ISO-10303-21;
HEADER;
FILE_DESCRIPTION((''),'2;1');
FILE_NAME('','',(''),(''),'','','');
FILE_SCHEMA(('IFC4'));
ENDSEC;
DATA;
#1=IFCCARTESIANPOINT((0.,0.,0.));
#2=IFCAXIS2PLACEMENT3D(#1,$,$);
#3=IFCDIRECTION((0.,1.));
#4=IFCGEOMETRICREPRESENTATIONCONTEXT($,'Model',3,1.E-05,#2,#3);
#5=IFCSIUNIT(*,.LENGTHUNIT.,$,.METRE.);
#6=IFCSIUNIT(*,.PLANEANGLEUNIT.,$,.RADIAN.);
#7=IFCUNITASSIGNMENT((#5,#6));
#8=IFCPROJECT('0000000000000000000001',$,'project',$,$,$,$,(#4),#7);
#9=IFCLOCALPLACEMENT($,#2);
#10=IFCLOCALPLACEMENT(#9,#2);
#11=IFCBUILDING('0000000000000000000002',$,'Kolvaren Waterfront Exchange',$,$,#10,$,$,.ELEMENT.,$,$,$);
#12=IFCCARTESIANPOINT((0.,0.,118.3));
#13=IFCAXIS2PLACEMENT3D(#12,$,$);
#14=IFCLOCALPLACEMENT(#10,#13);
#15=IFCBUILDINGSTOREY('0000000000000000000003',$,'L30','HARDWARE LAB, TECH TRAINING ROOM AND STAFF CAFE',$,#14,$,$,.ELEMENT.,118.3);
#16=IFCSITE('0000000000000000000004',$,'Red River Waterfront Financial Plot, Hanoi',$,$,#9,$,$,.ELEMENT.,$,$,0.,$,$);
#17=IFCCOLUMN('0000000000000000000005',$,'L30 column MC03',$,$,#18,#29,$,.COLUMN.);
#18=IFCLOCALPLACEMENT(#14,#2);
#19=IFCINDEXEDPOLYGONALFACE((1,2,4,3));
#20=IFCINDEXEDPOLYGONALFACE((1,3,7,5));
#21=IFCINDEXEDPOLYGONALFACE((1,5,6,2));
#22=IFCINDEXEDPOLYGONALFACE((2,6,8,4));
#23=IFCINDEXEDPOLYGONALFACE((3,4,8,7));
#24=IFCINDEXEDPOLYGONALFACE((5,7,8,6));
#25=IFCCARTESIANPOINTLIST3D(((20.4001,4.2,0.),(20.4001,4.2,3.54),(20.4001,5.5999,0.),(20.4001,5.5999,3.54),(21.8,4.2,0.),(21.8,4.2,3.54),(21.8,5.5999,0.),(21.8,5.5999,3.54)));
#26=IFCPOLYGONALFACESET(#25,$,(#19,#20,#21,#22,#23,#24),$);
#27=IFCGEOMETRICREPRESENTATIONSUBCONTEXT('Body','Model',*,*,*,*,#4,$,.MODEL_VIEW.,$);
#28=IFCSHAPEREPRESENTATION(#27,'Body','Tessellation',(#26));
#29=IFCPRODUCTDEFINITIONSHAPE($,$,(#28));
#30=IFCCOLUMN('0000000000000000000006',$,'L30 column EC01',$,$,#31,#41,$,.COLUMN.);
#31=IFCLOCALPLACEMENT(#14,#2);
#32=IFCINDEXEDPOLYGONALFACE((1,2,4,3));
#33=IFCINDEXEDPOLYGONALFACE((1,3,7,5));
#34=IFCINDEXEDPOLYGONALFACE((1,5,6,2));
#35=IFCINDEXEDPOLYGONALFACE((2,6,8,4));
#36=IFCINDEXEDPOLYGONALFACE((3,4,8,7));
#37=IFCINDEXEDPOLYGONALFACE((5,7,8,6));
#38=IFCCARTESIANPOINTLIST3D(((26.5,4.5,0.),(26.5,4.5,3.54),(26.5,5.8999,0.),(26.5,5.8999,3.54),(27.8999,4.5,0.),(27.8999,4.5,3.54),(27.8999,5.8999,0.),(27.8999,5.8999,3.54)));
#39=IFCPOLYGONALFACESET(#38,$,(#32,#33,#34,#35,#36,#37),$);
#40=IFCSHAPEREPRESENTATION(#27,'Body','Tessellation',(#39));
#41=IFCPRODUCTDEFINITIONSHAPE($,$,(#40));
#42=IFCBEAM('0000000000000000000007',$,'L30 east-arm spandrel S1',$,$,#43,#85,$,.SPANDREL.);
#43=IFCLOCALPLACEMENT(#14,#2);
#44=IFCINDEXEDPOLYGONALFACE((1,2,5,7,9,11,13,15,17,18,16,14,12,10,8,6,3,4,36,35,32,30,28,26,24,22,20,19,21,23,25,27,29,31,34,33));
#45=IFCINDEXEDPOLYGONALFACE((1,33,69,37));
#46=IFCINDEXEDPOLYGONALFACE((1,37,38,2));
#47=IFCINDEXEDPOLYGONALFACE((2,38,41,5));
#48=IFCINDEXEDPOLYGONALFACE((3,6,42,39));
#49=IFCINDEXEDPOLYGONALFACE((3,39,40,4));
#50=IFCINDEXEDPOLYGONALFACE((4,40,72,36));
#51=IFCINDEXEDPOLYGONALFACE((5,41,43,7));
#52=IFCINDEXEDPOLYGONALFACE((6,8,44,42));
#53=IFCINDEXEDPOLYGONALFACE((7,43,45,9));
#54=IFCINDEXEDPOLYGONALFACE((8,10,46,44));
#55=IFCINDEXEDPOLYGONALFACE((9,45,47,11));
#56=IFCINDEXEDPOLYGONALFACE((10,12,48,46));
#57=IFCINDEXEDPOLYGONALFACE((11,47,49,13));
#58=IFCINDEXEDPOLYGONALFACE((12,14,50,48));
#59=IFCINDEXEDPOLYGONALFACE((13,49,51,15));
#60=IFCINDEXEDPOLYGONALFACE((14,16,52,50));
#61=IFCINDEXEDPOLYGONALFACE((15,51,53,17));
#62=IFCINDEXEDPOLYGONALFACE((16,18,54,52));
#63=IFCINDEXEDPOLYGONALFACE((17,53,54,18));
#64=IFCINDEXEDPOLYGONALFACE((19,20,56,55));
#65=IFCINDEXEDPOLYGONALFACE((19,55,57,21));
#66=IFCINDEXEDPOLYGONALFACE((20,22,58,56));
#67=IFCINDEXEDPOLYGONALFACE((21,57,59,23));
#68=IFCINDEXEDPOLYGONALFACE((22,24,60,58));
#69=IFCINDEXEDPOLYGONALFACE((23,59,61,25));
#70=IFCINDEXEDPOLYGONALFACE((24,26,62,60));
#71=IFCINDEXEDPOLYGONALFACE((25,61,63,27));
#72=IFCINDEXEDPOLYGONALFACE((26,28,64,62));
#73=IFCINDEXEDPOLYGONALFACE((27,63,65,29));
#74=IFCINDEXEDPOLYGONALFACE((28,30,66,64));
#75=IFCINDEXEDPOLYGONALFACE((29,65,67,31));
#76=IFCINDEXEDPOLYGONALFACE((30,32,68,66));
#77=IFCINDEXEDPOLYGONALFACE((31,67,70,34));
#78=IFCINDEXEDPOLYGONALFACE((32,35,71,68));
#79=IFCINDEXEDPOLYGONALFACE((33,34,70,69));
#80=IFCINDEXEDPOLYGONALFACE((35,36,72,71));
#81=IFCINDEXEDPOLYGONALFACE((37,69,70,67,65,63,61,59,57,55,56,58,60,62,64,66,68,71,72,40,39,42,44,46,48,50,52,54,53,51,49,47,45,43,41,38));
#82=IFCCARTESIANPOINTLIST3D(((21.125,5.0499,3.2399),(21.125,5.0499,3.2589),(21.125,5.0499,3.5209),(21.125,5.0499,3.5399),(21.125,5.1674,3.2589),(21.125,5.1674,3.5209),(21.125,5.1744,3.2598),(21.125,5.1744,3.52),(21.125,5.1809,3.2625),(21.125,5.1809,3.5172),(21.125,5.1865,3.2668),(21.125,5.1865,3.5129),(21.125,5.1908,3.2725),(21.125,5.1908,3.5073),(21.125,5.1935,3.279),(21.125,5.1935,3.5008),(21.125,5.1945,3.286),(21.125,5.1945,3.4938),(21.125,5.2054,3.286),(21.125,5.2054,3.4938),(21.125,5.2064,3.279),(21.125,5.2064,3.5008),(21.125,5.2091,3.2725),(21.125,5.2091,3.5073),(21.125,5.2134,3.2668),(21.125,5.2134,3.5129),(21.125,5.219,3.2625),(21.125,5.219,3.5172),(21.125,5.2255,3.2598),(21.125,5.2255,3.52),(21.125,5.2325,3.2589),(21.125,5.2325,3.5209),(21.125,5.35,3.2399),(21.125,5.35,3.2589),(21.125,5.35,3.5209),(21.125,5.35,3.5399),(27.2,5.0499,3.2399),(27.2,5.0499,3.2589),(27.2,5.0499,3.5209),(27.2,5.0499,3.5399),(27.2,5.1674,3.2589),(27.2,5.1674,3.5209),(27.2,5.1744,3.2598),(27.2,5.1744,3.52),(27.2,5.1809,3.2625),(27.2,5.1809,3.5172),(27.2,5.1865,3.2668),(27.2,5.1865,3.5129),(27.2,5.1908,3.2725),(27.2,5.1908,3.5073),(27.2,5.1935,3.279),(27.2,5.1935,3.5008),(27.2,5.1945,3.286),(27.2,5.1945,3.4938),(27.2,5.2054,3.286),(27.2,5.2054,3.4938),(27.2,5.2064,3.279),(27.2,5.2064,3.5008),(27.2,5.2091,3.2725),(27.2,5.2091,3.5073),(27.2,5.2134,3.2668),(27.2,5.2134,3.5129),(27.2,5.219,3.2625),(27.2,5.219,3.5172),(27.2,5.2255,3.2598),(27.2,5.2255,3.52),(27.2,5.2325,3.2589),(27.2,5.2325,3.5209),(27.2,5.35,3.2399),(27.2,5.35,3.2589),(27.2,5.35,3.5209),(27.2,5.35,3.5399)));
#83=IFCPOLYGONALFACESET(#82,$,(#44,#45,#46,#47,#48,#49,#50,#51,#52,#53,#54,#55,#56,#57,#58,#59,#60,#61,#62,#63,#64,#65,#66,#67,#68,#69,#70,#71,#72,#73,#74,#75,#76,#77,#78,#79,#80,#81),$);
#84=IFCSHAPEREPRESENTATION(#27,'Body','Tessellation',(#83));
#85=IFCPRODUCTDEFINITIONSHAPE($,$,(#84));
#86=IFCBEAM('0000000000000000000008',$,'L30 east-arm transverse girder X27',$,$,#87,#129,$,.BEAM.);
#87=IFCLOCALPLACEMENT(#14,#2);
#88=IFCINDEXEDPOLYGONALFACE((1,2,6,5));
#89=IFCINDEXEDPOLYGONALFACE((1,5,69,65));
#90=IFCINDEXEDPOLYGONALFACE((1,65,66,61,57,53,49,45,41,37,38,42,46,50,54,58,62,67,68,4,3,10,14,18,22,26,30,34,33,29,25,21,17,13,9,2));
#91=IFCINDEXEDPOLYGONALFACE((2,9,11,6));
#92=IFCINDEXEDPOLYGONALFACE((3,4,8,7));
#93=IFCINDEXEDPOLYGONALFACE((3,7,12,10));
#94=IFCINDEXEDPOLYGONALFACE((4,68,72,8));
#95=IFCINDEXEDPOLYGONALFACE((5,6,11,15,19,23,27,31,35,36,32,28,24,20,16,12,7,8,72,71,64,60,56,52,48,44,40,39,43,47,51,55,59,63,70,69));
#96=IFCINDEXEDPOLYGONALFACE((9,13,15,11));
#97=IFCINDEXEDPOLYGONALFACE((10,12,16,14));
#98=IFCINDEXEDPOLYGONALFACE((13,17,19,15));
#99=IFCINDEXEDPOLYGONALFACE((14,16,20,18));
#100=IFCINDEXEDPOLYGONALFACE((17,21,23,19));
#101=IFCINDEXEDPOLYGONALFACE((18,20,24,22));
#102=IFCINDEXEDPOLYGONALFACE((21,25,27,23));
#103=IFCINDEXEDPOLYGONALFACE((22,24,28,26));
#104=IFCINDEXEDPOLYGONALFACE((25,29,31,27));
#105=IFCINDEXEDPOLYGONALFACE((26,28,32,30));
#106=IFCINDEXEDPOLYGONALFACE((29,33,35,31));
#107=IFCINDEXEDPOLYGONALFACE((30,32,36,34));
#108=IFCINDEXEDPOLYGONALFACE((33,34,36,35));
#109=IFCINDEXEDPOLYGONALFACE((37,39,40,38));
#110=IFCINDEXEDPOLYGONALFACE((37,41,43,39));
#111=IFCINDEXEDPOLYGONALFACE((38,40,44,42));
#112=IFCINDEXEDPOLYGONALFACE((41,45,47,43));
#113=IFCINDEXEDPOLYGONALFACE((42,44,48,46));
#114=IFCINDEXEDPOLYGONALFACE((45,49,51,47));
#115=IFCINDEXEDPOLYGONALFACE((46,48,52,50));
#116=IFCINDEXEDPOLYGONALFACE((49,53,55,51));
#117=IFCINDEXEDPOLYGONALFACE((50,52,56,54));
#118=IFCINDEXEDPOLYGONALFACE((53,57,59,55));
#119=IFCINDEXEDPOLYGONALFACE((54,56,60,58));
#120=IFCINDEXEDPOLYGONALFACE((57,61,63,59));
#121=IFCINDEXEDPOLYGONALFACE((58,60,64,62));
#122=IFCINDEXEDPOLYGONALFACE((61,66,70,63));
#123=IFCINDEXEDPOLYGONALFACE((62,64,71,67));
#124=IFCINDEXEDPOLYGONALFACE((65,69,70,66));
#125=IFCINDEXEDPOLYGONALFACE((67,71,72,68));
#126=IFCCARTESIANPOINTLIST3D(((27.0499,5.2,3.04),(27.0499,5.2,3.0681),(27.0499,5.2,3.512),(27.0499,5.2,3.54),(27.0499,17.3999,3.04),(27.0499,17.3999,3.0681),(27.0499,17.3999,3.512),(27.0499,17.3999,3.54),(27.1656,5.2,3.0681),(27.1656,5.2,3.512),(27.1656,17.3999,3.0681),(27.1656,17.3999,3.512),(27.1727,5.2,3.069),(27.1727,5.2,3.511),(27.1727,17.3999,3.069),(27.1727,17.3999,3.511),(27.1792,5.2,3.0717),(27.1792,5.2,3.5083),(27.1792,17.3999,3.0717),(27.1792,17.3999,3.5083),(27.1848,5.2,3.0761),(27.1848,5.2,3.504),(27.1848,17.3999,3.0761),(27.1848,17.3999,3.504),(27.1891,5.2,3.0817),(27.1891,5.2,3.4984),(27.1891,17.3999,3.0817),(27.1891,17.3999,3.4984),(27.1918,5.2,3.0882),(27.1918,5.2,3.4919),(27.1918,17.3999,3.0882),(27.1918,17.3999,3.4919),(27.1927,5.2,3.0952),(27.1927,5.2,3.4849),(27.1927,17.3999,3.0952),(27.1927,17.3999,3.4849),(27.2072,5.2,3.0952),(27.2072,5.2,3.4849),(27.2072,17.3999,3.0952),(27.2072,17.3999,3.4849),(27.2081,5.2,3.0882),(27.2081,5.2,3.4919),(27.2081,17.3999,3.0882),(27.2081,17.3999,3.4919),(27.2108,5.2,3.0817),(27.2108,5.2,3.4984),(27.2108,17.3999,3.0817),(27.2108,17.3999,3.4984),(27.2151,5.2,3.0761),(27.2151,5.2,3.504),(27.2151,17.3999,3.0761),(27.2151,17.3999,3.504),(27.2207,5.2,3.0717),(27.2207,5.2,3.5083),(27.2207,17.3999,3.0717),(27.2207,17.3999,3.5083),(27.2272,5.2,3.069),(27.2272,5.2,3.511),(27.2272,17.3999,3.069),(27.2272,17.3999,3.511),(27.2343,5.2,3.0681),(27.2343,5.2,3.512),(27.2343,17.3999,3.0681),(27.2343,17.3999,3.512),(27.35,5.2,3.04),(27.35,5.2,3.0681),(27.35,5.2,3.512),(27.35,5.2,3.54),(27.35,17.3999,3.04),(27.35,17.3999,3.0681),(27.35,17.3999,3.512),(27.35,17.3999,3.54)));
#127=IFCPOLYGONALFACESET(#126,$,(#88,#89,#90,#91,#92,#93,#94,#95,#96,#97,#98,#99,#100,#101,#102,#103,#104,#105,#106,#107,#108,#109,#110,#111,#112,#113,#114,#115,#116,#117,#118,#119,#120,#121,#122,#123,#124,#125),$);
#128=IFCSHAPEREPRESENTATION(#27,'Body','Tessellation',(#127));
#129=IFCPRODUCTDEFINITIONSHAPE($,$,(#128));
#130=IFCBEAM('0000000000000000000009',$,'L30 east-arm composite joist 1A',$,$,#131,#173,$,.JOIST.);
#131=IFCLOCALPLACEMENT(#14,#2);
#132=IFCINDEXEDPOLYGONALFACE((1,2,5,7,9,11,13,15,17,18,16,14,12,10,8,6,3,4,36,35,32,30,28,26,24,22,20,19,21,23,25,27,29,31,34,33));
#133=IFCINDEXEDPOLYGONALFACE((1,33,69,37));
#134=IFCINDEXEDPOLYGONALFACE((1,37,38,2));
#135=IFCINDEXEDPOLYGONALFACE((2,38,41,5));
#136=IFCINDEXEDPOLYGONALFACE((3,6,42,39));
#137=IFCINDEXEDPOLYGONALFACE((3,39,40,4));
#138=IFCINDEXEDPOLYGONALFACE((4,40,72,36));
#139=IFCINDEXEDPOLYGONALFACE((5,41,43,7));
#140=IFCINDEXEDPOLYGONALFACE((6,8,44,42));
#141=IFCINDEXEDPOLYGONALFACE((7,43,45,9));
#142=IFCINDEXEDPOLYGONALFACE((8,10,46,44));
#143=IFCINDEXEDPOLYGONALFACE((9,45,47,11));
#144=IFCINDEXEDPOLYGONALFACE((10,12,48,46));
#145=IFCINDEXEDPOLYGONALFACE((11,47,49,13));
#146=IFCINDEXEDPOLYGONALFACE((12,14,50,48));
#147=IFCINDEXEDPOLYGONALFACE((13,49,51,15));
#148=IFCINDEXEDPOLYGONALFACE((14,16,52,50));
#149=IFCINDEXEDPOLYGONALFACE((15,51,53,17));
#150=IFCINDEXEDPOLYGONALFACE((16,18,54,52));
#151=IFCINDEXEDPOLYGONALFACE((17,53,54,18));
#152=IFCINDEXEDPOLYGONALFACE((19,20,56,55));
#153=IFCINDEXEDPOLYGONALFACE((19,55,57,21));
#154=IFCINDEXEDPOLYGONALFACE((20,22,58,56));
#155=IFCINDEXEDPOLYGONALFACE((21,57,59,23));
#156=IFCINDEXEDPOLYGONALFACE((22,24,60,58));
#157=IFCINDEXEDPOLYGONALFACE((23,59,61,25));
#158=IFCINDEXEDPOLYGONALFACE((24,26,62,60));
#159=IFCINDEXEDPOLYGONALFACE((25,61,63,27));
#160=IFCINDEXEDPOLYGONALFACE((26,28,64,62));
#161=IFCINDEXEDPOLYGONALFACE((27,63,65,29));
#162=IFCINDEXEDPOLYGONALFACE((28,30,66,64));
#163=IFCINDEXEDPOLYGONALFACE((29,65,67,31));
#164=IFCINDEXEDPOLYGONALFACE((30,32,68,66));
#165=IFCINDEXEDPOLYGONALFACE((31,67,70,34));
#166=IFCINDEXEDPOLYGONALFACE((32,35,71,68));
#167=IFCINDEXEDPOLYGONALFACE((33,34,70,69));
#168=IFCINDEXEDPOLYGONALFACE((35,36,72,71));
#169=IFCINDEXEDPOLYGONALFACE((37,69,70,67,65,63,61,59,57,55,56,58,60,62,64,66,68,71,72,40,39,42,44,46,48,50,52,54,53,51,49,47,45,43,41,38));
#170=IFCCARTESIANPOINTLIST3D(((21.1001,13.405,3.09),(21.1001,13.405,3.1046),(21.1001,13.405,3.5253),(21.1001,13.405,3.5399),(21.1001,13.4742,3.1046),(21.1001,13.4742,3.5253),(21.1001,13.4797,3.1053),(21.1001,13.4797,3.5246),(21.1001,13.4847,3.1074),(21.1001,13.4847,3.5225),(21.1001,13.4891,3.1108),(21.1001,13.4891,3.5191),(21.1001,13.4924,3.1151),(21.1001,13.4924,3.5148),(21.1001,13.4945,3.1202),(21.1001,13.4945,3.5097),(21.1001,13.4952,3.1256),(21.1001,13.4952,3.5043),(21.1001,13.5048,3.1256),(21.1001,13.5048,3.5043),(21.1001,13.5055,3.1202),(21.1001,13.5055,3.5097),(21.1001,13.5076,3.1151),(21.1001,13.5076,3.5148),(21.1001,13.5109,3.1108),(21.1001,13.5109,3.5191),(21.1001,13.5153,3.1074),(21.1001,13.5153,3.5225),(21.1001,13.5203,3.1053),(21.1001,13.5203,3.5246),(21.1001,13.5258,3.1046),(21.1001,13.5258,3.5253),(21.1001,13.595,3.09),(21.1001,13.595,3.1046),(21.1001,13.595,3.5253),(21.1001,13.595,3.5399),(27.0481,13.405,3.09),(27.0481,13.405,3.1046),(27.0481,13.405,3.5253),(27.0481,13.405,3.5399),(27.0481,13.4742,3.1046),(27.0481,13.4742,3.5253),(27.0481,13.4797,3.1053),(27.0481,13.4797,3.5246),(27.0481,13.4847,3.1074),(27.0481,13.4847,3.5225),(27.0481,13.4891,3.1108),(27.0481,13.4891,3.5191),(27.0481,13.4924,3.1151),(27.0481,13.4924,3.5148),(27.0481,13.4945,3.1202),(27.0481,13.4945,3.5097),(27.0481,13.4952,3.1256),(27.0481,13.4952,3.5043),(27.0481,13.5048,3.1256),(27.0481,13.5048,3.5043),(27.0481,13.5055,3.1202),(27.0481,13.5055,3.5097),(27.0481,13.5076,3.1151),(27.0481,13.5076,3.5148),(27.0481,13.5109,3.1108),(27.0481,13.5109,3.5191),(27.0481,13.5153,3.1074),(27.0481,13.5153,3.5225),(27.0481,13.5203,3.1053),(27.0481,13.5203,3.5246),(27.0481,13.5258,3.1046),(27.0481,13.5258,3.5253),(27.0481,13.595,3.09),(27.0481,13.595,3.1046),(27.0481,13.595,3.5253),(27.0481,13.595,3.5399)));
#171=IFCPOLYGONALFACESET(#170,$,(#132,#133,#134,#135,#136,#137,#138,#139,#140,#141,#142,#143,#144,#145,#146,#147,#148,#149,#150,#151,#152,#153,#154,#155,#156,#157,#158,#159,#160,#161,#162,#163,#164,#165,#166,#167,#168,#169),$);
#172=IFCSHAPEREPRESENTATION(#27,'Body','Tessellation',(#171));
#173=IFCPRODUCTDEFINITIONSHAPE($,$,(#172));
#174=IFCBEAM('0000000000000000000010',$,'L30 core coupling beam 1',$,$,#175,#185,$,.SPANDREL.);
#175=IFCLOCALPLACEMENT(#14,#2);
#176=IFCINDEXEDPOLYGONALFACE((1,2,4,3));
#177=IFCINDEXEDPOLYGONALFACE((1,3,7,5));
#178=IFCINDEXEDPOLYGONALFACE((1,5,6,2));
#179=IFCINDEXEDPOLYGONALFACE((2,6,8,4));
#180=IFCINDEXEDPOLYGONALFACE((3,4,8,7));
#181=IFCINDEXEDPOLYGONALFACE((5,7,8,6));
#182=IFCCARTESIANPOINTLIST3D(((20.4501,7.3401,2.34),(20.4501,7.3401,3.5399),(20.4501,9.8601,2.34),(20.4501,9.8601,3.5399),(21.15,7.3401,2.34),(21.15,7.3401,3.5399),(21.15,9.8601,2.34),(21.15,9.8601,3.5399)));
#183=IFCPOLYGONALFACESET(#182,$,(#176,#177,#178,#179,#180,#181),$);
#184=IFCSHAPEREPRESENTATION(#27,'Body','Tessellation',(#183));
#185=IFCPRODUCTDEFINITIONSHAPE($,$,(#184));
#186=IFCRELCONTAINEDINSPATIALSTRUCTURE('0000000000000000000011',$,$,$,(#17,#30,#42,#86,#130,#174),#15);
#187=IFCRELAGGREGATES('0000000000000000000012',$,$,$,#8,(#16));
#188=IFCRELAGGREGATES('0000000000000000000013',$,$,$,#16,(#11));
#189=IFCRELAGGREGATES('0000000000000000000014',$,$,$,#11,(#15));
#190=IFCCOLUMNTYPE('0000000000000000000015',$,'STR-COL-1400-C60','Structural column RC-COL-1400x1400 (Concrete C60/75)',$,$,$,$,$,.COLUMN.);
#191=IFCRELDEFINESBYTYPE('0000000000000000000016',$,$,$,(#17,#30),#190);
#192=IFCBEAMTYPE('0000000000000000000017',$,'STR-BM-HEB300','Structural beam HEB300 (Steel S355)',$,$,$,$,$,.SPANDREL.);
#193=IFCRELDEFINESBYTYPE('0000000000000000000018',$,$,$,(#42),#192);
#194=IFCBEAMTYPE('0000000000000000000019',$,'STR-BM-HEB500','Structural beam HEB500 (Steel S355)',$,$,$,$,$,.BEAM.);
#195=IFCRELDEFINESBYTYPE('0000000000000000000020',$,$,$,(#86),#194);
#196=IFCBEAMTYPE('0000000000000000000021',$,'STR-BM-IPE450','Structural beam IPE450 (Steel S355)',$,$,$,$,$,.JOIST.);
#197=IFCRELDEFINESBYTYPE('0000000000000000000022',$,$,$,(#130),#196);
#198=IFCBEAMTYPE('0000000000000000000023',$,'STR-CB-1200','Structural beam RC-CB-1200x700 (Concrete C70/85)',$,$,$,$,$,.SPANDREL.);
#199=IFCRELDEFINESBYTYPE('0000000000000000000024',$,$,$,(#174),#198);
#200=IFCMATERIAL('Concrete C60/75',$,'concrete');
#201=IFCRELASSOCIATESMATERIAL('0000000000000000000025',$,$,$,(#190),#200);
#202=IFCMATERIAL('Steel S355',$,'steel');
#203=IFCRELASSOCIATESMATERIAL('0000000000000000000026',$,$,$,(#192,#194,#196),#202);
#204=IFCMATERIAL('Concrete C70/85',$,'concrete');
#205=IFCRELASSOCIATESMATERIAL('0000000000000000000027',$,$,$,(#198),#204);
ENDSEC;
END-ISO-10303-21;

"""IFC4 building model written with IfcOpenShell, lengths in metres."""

from ifc_helpers import new_model, si_unit, direction, frame, origin, origin_2d, place, context, subcontext, project, spatial, rectangle, i_section, extrude, material, material_profile, profile_set, type_object, element, save


model = new_model("IFC4")

# Units and contexts
model_context = context("Model", 3, precision=1e-05, world=origin(), true_north=direction((0.0, 1.0)))
body_context = subcontext(model_context, "Body", "Model", "MODEL_VIEW")
ifc_project = project(units=[si_unit("LENGTHUNIT", "METRE"), si_unit("PLANEANGLEUNIT", "RADIAN")], contexts=[model_context])

# Site, building, storey
site_placement = place(None, origin())
site = spatial("IfcSite", under=ifc_project, at=site_placement, Name="Red River Waterfront Financial Plot, Hanoi", CompositionType="ELEMENT", RefElevation=0.0)
building_placement = place(site_placement, origin())
building = spatial("IfcBuilding", under=site, at=building_placement, Name="Kolvaren Waterfront Exchange", CompositionType="ELEMENT")
storey_placement = place(building_placement, frame((0.0, 0.0, 118.3)))
storey = spatial("IfcBuildingStorey", under=building, at=storey_placement, Name="L30", Description="HARDWARE LAB, TECH TRAINING ROOM AND STAFF CAFE", CompositionType="ELEMENT", Elevation=118.3)

# Columns
ifc_material_1 = material(Name="Concrete C60/75", Category="concrete")
ifc_material_profile_1 = material_profile(ifc_material_1, rectangle(XDim=1.3999, YDim=1.3999, at=origin_2d()), Name="RC-COL-1400x1400")
ifc_profile_set_1 = profile_set([ifc_material_profile_1], Name="Concrete C60/75")
column_type = type_object("IfcColumnType", Name="STR-COL-1400-C60", Description="Structural column RC-COL-1400x1400 (Concrete C60/75)", PredefinedType="COLUMN", material=ifc_profile_set_1)
for number, where, z_axis, x_axis, name in (
    (1, (21.1001, 4.8999, 0.0), (0.0, 0.0, 1.0), (1.0, 0.0, 0.0), "L30 column MC03"),
    (2, (27.2, 5.2, 0.0), (0.0, 0.0, 1.0), (1.0, 0.0, 0.0), "L30 column EC01"),
):
    element("IfcColumn", number, at=place(storey_placement, frame(where, z_axis=z_axis, x_axis=x_axis)), inside=storey, type_object=column_type, Name=name, PredefinedType="COLUMN", context=body_context, shape_type="SweptSolid", body=[
        extrude(rectangle(XDim=1.3999, YDim=1.3999, at=origin_2d()), origin(), (0.0, 0.0, 1.0), 3.54),
    ])

# Beams
ifc_material_2 = material(Name="Steel S355", Category="steel")
ifc_material_profile_2 = material_profile(ifc_material_2, i_section(OverallWidth=0.3, OverallDepth=0.3, WebThickness=0.011, FlangeThickness=0.019, FilletRadius=0.0271, at=origin_2d()), Name="HEB300")
ifc_profile_set_2 = profile_set([ifc_material_profile_2], Name="Steel S355")
beam_type_1 = type_object("IfcBeamType", Name="STR-BM-HEB300", Description="Structural beam HEB300 (Steel S355)", PredefinedType="SPANDREL", material=ifc_profile_set_2)
beam_1_placement = place(storey_placement, frame((21.125, 5.2, 3.3899), z_axis=(1.0, 0.0, 0.0), x_axis=(0.0, 1.0, 0.0)))
element("IfcBeam", 3, at=beam_1_placement, inside=storey, type_object=beam_type_1, Name="L30 east-arm spandrel S1", PredefinedType="SPANDREL", context=body_context, shape_type="SweptSolid", body=[
    extrude(i_section(OverallWidth=0.3, OverallDepth=0.3, WebThickness=0.011, FlangeThickness=0.019, FilletRadius=0.0271, at=origin_2d()), origin(), (0.0, 0.0, 1.0), 6.075),
])
ifc_material_profile_3 = material_profile(ifc_material_2, i_section(OverallWidth=0.3, OverallDepth=0.5, WebThickness=0.0144, FlangeThickness=0.0281, FilletRadius=0.0271, at=origin_2d()), Name="HEB500")
ifc_profile_set_3 = profile_set([ifc_material_profile_3], Name="Steel S355")
beam_type_2 = type_object("IfcBeamType", Name="STR-BM-HEB500", Description="Structural beam HEB500 (Steel S355)", PredefinedType="BEAM", material=ifc_profile_set_3)
beam_2_placement = place(storey_placement, frame((27.2, 5.2, 3.29), z_axis=(0.0, 1.0, 0.0), x_axis=(-1.0, 0.0, 0.0)))
element("IfcBeam", 4, at=beam_2_placement, inside=storey, type_object=beam_type_2, Name="L30 east-arm transverse girder X27", PredefinedType="BEAM", context=body_context, shape_type="SweptSolid", body=[
    extrude(i_section(OverallWidth=0.3, OverallDepth=0.5, WebThickness=0.0144, FlangeThickness=0.0281, FilletRadius=0.0271, at=origin_2d()), origin(), (0.0, 0.0, 1.0), 12.2),
])
ifc_material_profile_4 = material_profile(ifc_material_2, i_section(OverallWidth=0.1899, OverallDepth=0.45, WebThickness=0.0095, FlangeThickness=0.0146, FilletRadius=0.021, at=origin_2d()), Name="IPE450")
ifc_profile_set_4 = profile_set([ifc_material_profile_4], Name="Steel S355")
beam_type_3 = type_object("IfcBeamType", Name="STR-BM-IPE450", Description="Structural beam IPE450 (Steel S355)", PredefinedType="JOIST", material=ifc_profile_set_4)
beam_3_placement = place(storey_placement, frame((21.1001, 13.5, 3.3149), z_axis=(1.0, 0.0, 0.0), x_axis=(0.0, 1.0, 0.0)))
element("IfcBeam", 5, at=beam_3_placement, inside=storey, type_object=beam_type_3, Name="L30 east-arm composite joist 1A", PredefinedType="JOIST", context=body_context, shape_type="SweptSolid", body=[
    extrude(i_section(OverallWidth=0.1899, OverallDepth=0.45, WebThickness=0.0095, FlangeThickness=0.0146, FilletRadius=0.021, at=origin_2d()), origin(), (0.0, 0.0, 1.0), 5.948),
])
ifc_material_3 = material(Name="Concrete C70/85", Category="concrete")
ifc_material_profile_5 = material_profile(ifc_material_3, rectangle(XDim=0.7, YDim=1.2, at=origin_2d()), Name="RC-CB-1200x700")
ifc_profile_set_5 = profile_set([ifc_material_profile_5], Name="Concrete C70/85")
beam_type_4 = type_object("IfcBeamType", Name="STR-CB-1200", Description="Structural beam RC-CB-1200x700 (Concrete C70/85)", PredefinedType="SPANDREL", material=ifc_profile_set_5)
beam_4_placement = place(storey_placement, frame((20.8, 7.3401, 2.9399), z_axis=(0.0, 1.0, 0.0), x_axis=(-1.0, 0.0, 0.0)))
element("IfcBeam", 6, at=beam_4_placement, inside=storey, type_object=beam_type_4, Name="L30 core coupling beam 1", PredefinedType="SPANDREL", context=body_context, shape_type="SweptSolid", body=[
    extrude(rectangle(XDim=0.7, YDim=1.2, at=origin_2d()), origin(), (0.0, 0.0, 1.0), 2.52),
])

save(model, "model.ifc")
